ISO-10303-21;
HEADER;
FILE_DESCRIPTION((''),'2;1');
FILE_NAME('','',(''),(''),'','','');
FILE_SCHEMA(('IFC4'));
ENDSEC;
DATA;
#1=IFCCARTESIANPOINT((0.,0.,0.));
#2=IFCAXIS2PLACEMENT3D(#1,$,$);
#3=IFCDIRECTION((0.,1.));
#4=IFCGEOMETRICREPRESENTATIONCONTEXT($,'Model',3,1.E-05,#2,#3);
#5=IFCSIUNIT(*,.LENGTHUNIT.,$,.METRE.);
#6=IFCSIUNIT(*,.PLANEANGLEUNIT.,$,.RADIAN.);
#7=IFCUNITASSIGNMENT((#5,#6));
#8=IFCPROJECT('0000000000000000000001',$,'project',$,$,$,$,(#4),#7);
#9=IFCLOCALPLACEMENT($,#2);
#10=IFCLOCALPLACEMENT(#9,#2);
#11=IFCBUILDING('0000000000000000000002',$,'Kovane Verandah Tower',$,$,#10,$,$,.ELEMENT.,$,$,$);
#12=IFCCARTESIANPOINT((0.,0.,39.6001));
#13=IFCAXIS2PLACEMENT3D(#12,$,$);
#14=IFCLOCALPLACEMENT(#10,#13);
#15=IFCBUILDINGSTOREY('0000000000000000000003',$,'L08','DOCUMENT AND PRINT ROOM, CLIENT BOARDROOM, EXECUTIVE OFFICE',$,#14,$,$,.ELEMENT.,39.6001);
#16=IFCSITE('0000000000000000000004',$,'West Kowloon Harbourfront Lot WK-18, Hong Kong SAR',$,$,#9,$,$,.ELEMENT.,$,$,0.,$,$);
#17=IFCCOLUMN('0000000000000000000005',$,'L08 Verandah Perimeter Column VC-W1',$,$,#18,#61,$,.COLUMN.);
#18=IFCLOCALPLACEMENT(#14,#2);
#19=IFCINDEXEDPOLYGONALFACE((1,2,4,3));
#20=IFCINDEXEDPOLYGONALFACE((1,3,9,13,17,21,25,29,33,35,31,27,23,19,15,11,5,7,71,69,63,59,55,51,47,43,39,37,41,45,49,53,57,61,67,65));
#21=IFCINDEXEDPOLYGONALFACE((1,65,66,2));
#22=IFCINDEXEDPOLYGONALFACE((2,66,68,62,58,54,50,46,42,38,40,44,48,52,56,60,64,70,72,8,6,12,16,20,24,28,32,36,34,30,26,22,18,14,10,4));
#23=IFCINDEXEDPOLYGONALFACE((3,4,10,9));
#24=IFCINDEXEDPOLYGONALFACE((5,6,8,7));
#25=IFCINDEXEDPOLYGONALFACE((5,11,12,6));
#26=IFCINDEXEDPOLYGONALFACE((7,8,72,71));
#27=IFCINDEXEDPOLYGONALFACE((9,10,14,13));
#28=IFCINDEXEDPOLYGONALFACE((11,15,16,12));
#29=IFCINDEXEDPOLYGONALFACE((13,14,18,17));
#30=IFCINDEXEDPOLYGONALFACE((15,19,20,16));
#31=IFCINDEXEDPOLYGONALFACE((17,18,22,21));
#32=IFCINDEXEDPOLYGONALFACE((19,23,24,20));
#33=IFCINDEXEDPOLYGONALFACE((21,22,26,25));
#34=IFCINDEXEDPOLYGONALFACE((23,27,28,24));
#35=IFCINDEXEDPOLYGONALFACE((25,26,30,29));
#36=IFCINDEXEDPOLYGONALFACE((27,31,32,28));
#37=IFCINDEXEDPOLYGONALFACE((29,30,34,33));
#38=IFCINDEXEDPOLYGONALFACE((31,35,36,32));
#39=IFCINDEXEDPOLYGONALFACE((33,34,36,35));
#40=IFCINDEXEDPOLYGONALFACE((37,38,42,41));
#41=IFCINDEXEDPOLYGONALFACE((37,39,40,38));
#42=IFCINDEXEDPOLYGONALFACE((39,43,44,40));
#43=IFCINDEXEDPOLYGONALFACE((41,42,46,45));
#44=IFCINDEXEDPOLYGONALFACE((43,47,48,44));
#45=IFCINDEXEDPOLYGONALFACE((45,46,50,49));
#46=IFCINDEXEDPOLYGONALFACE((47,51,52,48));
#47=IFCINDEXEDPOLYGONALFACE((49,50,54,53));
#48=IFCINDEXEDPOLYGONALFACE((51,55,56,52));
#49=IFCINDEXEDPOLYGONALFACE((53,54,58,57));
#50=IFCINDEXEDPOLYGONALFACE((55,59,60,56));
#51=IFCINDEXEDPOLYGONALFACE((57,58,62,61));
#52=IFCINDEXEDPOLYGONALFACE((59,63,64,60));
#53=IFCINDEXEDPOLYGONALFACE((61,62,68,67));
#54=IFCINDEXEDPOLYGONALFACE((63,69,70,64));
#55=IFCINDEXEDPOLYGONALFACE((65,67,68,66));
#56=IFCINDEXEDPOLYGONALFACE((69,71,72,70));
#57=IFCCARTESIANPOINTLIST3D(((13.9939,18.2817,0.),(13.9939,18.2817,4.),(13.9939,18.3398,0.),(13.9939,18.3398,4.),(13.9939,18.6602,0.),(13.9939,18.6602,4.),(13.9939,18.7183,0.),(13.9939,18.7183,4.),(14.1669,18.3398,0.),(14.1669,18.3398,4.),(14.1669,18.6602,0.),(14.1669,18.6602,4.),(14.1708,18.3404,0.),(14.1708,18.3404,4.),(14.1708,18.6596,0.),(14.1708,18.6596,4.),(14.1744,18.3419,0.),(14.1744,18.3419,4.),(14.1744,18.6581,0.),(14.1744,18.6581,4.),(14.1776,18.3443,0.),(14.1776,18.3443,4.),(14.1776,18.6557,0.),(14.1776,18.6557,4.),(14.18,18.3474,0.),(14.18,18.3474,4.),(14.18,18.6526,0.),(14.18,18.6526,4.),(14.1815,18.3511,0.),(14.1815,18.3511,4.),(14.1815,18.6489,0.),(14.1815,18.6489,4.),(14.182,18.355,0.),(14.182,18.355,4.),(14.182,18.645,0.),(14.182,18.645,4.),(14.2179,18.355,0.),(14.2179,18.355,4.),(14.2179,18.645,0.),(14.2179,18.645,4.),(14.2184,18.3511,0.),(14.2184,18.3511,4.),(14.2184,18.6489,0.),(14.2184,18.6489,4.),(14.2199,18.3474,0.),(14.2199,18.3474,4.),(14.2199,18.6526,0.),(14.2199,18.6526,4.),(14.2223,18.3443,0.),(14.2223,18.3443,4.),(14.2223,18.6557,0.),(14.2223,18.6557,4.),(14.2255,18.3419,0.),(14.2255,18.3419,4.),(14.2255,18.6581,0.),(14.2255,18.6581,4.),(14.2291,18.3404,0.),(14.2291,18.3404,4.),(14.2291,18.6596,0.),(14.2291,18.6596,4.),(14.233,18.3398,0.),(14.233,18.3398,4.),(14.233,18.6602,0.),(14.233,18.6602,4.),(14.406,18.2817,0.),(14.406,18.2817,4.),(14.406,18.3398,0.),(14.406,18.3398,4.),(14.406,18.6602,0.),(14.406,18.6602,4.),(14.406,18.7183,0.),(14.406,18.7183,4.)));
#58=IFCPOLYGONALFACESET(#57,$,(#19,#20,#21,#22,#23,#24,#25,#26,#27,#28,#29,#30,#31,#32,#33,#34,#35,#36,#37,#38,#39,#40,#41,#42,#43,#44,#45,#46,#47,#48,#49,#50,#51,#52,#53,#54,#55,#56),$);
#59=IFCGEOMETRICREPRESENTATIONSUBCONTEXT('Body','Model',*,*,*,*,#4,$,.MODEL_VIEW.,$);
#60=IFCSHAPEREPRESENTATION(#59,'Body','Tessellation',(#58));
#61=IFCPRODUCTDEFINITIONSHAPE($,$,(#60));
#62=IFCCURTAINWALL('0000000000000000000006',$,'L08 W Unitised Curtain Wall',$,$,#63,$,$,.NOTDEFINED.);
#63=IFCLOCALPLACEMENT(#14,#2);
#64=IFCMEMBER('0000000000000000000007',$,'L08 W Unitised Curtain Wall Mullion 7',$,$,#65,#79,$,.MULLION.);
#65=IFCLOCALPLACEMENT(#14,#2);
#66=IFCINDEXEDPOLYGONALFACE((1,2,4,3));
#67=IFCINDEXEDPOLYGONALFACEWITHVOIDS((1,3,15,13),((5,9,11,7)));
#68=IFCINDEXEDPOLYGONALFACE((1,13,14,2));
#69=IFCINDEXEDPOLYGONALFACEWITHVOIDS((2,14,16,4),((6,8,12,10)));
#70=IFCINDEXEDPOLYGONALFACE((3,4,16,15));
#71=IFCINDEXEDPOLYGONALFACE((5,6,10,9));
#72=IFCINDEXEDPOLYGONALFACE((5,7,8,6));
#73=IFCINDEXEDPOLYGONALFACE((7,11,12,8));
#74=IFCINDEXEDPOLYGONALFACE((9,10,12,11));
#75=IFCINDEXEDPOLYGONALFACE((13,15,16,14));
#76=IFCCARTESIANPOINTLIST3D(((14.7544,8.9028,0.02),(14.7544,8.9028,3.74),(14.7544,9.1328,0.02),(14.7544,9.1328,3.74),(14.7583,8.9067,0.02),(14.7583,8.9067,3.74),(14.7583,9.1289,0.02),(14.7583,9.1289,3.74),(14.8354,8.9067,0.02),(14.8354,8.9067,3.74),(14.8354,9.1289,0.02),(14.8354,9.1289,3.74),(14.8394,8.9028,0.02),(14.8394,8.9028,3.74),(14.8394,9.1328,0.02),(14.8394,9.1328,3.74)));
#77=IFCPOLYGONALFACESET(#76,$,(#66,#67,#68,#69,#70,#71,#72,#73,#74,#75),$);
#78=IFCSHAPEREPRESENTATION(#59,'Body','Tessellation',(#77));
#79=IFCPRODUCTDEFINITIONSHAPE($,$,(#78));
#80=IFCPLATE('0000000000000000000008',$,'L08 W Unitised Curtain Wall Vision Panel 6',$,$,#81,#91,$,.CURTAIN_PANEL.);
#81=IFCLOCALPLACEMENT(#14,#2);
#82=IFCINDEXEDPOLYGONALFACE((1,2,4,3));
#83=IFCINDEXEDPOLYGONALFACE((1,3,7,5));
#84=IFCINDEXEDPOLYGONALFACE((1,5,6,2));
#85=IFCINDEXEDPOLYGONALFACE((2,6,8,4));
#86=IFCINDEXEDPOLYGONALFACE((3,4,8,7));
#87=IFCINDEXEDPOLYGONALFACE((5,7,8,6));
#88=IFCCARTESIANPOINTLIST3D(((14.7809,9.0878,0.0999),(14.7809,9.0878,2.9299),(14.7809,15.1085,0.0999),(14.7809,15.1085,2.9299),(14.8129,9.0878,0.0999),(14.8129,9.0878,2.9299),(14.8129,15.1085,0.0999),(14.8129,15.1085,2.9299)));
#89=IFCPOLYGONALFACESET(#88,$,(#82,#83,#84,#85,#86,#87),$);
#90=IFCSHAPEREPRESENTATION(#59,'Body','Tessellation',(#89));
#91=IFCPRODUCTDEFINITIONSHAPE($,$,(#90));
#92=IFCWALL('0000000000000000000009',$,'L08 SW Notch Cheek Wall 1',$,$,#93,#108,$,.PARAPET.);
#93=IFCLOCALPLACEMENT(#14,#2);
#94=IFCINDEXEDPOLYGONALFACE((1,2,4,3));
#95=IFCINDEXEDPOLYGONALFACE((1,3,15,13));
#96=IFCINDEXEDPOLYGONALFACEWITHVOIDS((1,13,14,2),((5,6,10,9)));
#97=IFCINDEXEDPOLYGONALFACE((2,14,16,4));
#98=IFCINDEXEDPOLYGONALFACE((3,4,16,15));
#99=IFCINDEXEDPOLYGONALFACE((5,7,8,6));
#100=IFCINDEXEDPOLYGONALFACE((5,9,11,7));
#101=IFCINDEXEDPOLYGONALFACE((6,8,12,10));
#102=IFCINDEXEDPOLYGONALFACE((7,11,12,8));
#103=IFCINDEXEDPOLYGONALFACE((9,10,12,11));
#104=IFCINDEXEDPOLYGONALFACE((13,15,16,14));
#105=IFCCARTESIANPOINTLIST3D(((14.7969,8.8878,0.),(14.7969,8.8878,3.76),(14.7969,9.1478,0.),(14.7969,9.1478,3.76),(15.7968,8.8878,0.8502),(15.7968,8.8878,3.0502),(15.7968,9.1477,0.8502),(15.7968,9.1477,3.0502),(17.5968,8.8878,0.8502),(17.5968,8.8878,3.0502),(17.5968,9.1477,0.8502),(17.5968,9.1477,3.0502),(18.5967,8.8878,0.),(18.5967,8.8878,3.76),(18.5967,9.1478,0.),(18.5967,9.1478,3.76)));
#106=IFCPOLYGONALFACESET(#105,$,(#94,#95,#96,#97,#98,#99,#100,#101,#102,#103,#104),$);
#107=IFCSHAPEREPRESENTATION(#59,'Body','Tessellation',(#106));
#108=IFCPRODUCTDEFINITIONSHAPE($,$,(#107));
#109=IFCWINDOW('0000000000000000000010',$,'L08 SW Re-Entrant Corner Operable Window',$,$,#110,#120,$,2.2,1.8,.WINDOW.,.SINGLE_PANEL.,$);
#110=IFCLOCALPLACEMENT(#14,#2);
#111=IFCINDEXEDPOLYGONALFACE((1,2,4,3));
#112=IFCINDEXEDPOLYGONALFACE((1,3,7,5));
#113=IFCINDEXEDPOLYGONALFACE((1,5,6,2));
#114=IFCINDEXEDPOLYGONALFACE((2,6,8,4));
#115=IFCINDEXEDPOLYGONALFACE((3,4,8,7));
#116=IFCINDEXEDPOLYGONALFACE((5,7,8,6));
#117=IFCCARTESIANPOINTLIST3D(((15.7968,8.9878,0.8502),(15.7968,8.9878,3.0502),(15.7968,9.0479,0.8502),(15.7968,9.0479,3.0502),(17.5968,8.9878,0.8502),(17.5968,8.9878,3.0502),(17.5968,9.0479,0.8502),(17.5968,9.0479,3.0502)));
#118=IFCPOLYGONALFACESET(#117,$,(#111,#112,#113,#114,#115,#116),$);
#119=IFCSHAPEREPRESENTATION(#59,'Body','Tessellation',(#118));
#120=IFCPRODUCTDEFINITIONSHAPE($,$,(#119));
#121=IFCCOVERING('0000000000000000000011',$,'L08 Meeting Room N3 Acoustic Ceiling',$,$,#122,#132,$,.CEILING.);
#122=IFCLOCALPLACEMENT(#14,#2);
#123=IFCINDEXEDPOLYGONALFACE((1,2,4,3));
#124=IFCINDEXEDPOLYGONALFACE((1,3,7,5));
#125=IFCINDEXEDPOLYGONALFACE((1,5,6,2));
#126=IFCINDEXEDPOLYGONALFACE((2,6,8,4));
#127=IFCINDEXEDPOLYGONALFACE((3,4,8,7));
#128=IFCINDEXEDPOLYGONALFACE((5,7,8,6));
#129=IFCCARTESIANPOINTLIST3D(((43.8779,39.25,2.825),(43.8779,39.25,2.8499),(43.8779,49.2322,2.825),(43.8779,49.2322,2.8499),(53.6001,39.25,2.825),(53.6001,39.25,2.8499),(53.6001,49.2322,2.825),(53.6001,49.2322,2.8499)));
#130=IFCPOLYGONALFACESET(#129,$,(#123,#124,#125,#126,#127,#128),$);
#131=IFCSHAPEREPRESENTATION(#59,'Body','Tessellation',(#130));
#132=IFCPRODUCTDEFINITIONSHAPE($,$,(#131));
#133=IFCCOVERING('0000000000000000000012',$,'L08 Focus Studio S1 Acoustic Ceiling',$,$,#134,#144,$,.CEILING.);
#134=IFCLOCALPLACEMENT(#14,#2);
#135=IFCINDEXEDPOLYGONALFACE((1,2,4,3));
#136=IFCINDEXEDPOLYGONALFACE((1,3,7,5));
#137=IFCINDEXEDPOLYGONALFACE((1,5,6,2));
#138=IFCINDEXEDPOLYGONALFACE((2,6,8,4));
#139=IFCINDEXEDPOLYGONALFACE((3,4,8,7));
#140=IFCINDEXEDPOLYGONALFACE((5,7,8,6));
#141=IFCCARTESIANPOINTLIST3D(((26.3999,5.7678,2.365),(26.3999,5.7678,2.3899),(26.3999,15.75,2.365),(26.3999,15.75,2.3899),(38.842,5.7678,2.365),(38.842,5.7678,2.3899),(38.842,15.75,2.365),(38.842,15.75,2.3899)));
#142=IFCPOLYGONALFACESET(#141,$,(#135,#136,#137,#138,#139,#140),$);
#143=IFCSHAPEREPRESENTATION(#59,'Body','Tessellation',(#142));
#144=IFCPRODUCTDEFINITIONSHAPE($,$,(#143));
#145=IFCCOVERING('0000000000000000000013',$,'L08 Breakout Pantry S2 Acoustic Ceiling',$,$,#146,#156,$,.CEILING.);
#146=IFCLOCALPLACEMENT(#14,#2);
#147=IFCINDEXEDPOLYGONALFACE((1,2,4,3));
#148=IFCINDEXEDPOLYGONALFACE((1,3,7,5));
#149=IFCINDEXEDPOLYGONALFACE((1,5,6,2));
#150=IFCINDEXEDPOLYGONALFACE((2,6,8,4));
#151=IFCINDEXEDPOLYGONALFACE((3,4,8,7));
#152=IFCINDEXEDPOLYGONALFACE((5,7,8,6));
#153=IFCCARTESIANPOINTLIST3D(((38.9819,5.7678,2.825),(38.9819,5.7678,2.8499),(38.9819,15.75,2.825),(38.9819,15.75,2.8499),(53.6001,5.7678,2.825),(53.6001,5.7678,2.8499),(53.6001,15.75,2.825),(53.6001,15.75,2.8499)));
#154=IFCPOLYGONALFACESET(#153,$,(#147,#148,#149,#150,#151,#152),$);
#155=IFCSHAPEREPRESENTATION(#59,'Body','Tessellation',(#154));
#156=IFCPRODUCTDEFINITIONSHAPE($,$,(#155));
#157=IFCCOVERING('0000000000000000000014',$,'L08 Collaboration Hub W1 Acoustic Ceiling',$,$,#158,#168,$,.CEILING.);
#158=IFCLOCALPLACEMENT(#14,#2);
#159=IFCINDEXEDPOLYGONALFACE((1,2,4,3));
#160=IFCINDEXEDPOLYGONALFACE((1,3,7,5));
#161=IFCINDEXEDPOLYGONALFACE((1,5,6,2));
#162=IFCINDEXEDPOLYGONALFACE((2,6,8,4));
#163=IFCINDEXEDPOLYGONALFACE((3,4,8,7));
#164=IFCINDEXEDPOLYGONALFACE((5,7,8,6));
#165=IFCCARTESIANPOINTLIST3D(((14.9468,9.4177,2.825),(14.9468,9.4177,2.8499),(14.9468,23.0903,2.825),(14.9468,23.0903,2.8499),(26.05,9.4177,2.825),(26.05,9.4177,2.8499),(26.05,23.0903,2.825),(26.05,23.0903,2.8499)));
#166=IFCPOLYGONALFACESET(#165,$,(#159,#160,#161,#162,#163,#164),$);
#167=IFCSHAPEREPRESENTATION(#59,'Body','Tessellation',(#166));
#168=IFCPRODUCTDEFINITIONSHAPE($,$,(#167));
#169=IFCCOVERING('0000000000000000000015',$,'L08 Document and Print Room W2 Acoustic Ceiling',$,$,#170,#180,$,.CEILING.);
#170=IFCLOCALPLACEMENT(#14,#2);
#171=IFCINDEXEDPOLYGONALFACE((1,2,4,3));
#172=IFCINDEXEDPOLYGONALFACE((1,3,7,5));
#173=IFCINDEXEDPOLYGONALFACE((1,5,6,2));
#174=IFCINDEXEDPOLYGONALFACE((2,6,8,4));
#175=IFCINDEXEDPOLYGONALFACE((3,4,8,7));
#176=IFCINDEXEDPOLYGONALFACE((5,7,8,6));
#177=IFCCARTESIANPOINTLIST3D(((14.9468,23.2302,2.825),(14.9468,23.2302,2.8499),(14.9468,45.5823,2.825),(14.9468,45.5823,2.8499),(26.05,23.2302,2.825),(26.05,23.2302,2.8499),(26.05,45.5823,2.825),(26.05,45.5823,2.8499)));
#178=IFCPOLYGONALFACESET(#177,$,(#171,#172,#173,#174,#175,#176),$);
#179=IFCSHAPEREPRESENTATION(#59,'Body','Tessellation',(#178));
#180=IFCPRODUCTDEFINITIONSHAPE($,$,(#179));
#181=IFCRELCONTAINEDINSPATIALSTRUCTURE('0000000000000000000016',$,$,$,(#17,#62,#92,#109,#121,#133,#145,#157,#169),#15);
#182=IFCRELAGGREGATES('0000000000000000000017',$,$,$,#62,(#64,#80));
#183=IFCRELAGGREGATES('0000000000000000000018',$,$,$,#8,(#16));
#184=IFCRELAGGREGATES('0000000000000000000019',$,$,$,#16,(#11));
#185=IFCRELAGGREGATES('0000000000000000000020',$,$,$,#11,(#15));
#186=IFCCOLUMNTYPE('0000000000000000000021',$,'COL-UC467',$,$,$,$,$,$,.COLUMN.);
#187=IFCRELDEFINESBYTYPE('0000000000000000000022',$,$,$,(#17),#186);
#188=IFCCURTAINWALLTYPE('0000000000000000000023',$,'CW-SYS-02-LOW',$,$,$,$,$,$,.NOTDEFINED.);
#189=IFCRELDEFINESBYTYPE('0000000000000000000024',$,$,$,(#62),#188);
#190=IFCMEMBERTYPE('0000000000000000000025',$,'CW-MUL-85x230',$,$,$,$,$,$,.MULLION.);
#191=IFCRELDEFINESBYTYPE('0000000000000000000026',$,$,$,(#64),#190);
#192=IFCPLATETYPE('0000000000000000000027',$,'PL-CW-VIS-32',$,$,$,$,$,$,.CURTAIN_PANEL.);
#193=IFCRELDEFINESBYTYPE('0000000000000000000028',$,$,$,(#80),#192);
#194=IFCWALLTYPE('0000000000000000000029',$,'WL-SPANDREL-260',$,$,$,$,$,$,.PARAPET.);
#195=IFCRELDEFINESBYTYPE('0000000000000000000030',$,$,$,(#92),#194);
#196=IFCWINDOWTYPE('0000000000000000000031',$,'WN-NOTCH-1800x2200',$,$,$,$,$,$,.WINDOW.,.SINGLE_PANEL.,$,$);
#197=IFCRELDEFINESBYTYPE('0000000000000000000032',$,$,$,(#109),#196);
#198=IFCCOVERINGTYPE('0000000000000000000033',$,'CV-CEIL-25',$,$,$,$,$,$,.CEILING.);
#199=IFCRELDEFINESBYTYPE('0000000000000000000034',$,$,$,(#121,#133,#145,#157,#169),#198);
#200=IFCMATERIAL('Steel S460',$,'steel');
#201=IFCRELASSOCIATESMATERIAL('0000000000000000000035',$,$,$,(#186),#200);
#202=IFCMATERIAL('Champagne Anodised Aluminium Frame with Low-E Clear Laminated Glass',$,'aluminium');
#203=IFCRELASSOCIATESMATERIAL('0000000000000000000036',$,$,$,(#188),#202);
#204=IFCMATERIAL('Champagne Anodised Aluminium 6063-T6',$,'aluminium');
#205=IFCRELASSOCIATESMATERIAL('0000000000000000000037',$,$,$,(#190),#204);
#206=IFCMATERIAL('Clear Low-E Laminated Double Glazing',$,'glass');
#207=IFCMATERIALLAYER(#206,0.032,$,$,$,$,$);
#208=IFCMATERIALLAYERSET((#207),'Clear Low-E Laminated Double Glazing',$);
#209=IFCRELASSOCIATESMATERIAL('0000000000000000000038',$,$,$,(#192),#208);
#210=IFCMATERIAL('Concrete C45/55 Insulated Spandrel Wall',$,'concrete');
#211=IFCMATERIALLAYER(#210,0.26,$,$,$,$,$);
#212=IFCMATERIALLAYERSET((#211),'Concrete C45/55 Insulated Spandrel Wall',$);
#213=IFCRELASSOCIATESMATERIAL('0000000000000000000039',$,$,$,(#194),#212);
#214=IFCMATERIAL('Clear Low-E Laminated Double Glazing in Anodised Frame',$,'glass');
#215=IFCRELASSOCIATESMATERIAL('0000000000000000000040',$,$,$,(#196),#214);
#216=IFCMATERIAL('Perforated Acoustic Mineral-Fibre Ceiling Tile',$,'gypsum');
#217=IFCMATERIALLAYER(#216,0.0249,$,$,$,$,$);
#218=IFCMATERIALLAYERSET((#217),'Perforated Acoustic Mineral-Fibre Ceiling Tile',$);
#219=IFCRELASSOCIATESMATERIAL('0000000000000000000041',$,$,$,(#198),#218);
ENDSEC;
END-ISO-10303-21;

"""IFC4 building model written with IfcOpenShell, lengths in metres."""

from ifc_helpers import new_model, si_unit, direction, frame, frame_2d, origin, origin_2d, place, context, subcontext, project, spatial, polyline, rectangle, hollow_rectangle, i_section, outline, extrude, material, layer, layer_set, material_profile, profile_set, type_object, element, fill, aggregate, save


model = new_model("IFC4")

# Units and contexts
model_context = context("Model", 3, precision=1e-05, world=origin(), true_north=direction((0.0, 1.0)))
body_context = subcontext(model_context, "Body", "Model", "MODEL_VIEW")
ifc_project = project(units=[si_unit("LENGTHUNIT", "METRE"), si_unit("PLANEANGLEUNIT", "RADIAN")], contexts=[model_context])

# Site, building, storey
site_placement = place(None, origin())
site = spatial("IfcSite", under=ifc_project, at=site_placement, Name="West Kowloon Harbourfront Lot WK-18, Hong Kong SAR", CompositionType="ELEMENT", RefElevation=0.0)
building_placement = place(site_placement, origin())
building = spatial("IfcBuilding", under=site, at=building_placement, Name="Kovane Verandah Tower", CompositionType="ELEMENT")
storey_placement = place(building_placement, frame((0.0, 0.0, 39.6001)))
storey = spatial("IfcBuildingStorey", under=building, at=storey_placement, Name="L08", Description="DOCUMENT AND PRINT ROOM, CLIENT BOARDROOM, EXECUTIVE OFFICE", CompositionType="ELEMENT", Elevation=39.6001)

# Column
ifc_material_1 = material(Name="Steel S460", Category="steel")
ifc_material_profile_1 = material_profile(ifc_material_1, i_section(OverallWidth=0.4121, OverallDepth=0.4365, WebThickness=0.0359, FlangeThickness=0.0581, FilletRadius=0.0151, at=origin_2d()), Name="UC356x406x467")
ifc_profile_set_1 = profile_set([ifc_material_profile_1], Name="Steel S460")
column_type = type_object("IfcColumnType", Name="COL-UC467", PredefinedType="COLUMN", material=ifc_profile_set_1)
column_placement = place(storey_placement, frame((14.2, 18.5, 0.0), z_axis=(0.0, 0.0, 1.0), x_axis=(1.0, 0.0, 0.0)))
element("IfcColumn", 1, at=column_placement, inside=storey, type_object=column_type, Name="L08 Verandah Perimeter Column VC-W1", PredefinedType="COLUMN", context=body_context, shape_type="SweptSolid", body=[
    extrude(i_section(OverallWidth=0.4121, OverallDepth=0.4365, WebThickness=0.0359, FlangeThickness=0.0581, FilletRadius=0.0151, at=origin_2d()), origin(), (0.0, 0.0, 1.0), 4.0),
])

# Curtain wall, member, plate
ifc_material_2 = material(Name="Champagne Anodised Aluminium Frame with Low-E Clear Laminated Glass", Category="aluminium")
curtain_wall_type = type_object("IfcCurtainWallType", Name="CW-SYS-02-LOW", PredefinedType="NOTDEFINED", material=ifc_material_2)
curtain_wall_placement = place(storey_placement, origin())
curtain_wall = element("IfcCurtainWall", 2, at=curtain_wall_placement, inside=storey, type_object=curtain_wall_type, Name="L08 W Unitised Curtain Wall", PredefinedType="NOTDEFINED")
ifc_material_3 = material(Name="Champagne Anodised Aluminium 6063-T6", Category="aluminium")
ifc_material_profile_2 = material_profile(ifc_material_3, hollow_rectangle(XDim=0.085, YDim=0.23, WallThickness=0.0039, at=origin_2d()), Name="AL85x230x4")
ifc_profile_set_2 = profile_set([ifc_material_profile_2], Name="Champagne Anodised Aluminium 6063-T6")
member_type = type_object("IfcMemberType", Name="CW-MUL-85x230", PredefinedType="MULLION", material=ifc_profile_set_2)
member_placement = place(storey_placement, frame((14.7969, 9.0178, 0.02), z_axis=(0.0, 0.0, 1.0), x_axis=(-1.0, 0.0, 0.0)))
member = element("IfcMember", 3, at=member_placement, type_object=member_type, Name="L08 W Unitised Curtain Wall Mullion 7", PredefinedType="MULLION", context=body_context, shape_type="SweptSolid", body=[
    extrude(hollow_rectangle(XDim=0.085, YDim=0.23, WallThickness=0.0039, at=origin_2d()), origin(), (0.0, 0.0, 1.0), 3.72),
])
ifc_material_4 = material(Name="Clear Low-E Laminated Double Glazing", Category="glass")
ifc_layer_1 = layer(ifc_material_4, 0.032)
ifc_layer_set_1 = layer_set([ifc_layer_1], Name="Clear Low-E Laminated Double Glazing")
plate_type = type_object("IfcPlateType", Name="PL-CW-VIS-32", PredefinedType="CURTAIN_PANEL", material=ifc_layer_set_1)
plate_placement = place(storey_placement, frame((14.7969, 12.0981, 0.0999), z_axis=(0.0, 0.0, 1.0), x_axis=(0.0, -1.0, 0.0)))
plate = element("IfcPlate", 4, at=plate_placement, type_object=plate_type, Name="L08 W Unitised Curtain Wall Vision Panel 6", PredefinedType="CURTAIN_PANEL", context=body_context, shape_type="SweptSolid", body=[
    extrude(rectangle(XDim=6.0208, YDim=0.032, at=origin_2d()), origin(), (0.0, 0.0, 1.0), 2.8301),
])
aggregate(curtain_wall, [member, plate])

# Wall, opening, window
ifc_material_5 = material(Name="Concrete C45/55 Insulated Spandrel Wall", Category="concrete")
ifc_layer_2 = layer(ifc_material_5, 0.26)
ifc_layer_set_2 = layer_set([ifc_layer_2], Name="Concrete C45/55 Insulated Spandrel Wall")
wall_type = type_object("IfcWallType", Name="WL-SPANDREL-260", PredefinedType="PARAPET", material=ifc_layer_set_2)
wall_placement = place(storey_placement, frame((14.7969, 9.0178, 0.0), z_axis=(0.0, 0.0, 1.0), x_axis=(1.0, 0.0, 0.0)))
wall = element("IfcWall", 5, at=wall_placement, inside=storey, type_object=wall_type, Name="L08 SW Notch Cheek Wall 1", PredefinedType="PARAPET", context=body_context, shape_type="SweptSolid", body=[
    extrude(rectangle(XDim=3.7998, YDim=0.26, at=frame_2d((1.8999, 0.0))), origin(), (0.0, 0.0, 1.0), 3.76),
])
opening_placement = place(wall_placement, frame((1.0, 0.0, 0.8501)))
opening = element("IfcOpeningElement", 6, at=opening_placement, cuts=wall, PredefinedType="OPENING", context=body_context, shape_type="SweptSolid", body=[
    extrude(rectangle(XDim=1.8, YDim=2.2, at=frame_2d((0.8999, 1.1001))), frame((0.0, 0.1299, 0.0), z_axis=(0.0, -1.0, 0.0), x_axis=(1.0, 0.0, 0.0)), (0.0, 0.0, 1.0), 0.26),
])
ifc_material_6 = material(Name="Clear Low-E Laminated Double Glazing in Anodised Frame", Category="glass")
window_type = type_object("IfcWindowType", Name="WN-NOTCH-1800x2200", PartitioningType="SINGLE_PANEL", PredefinedType="WINDOW", material=ifc_material_6)
window_placement = place(opening_placement, origin())
window = element("IfcWindow", 7, at=window_placement, inside=storey, type_object=window_type, Name="L08 SW Re-Entrant Corner Operable Window", OverallHeight=2.2, OverallWidth=1.8, PartitioningType="SINGLE_PANEL", PredefinedType="WINDOW", context=body_context, shape_type="SweptSolid", body=[
    extrude(rectangle(XDim=1.8, YDim=2.2, at=frame_2d((0.8999, 1.1001))), frame((0.0, 0.03, 0.0), z_axis=(0.0, -1.0, 0.0), x_axis=(1.0, 0.0, 0.0)), (0.0, 0.0, 1.0), 0.0601),
])
fill(opening, window)

# Coverings
ifc_material_7 = material(Name="Perforated Acoustic Mineral-Fibre Ceiling Tile", Category="gypsum")
ifc_layer_3 = layer(ifc_material_7, 0.0249)
ifc_layer_set_3 = layer_set([ifc_layer_3], Name="Perforated Acoustic Mineral-Fibre Ceiling Tile")
covering_type_1 = type_object("IfcCoveringType", Name="CV-CEIL-25", PredefinedType="CEILING", material=ifc_layer_set_3)
covering_1_placement = place(storey_placement, frame((0.0, 0.0, 2.825)))
element("IfcCovering", 8, at=covering_1_placement, inside=storey, type_object=covering_type_1, Name="L08 Meeting Room N3 Acoustic Ceiling", PredefinedType="CEILING", context=body_context, shape_type="SweptSolid", body=[
    extrude(outline(polyline([(43.8779, 39.25), (53.6001, 39.25), (53.6001, 49.2322), (43.8779, 49.2322), (43.8779, 39.25)])), origin(), (0.0, 0.0, 1.0), 0.0249),
])
covering_2_placement = place(storey_placement, frame((0.0, 0.0, 2.365)))
element("IfcCovering", 9, at=covering_2_placement, inside=storey, type_object=covering_type_1, Name="L08 Focus Studio S1 Acoustic Ceiling", PredefinedType="CEILING", context=body_context, shape_type="SweptSolid", body=[
    extrude(outline(polyline([(26.3999, 5.7678), (38.842, 5.7678), (38.842, 15.75), (26.3999, 15.75), (26.3999, 5.7678)])), origin(), (0.0, 0.0, 1.0), 0.0249),
])
covering_3_placement = place(storey_placement, frame((0.0, 0.0, 2.825)))
element("IfcCovering", 10, at=covering_3_placement, inside=storey, type_object=covering_type_1, Name="L08 Breakout Pantry S2 Acoustic Ceiling", PredefinedType="CEILING", context=body_context, shape_type="SweptSolid", body=[
    extrude(outline(polyline([(38.9819, 5.7678), (53.6001, 5.7678), (53.6001, 15.75), (38.9819, 15.75), (38.9819, 5.7678)])), origin(), (0.0, 0.0, 1.0), 0.0249),
])
covering_4_placement = place(storey_placement, frame((0.0, 0.0, 2.825)))
element("IfcCovering", 11, at=covering_4_placement, inside=storey, type_object=covering_type_1, Name="L08 Collaboration Hub W1 Acoustic Ceiling", PredefinedType="CEILING", context=body_context, shape_type="SweptSolid", body=[
    extrude(outline(polyline([(14.9468, 9.4177), (26.05, 9.4177), (26.05, 23.0903), (14.9468, 23.0903), (14.9468, 9.4177)])), origin(), (0.0, 0.0, 1.0), 0.0249),
])
covering_5_placement = place(storey_placement, frame((0.0, 0.0, 2.825)))
element("IfcCovering", 12, at=covering_5_placement, inside=storey, type_object=covering_type_1, Name="L08 Document and Print Room W2 Acoustic Ceiling", PredefinedType="CEILING", context=body_context, shape_type="SweptSolid", body=[
    extrude(outline(polyline([(14.9468, 23.2302), (26.05, 23.2302), (26.05, 45.5823), (14.9468, 45.5823), (14.9468, 23.2302)])), origin(), (0.0, 0.0, 1.0), 0.0249),
])

save(model, "model.ifc")
